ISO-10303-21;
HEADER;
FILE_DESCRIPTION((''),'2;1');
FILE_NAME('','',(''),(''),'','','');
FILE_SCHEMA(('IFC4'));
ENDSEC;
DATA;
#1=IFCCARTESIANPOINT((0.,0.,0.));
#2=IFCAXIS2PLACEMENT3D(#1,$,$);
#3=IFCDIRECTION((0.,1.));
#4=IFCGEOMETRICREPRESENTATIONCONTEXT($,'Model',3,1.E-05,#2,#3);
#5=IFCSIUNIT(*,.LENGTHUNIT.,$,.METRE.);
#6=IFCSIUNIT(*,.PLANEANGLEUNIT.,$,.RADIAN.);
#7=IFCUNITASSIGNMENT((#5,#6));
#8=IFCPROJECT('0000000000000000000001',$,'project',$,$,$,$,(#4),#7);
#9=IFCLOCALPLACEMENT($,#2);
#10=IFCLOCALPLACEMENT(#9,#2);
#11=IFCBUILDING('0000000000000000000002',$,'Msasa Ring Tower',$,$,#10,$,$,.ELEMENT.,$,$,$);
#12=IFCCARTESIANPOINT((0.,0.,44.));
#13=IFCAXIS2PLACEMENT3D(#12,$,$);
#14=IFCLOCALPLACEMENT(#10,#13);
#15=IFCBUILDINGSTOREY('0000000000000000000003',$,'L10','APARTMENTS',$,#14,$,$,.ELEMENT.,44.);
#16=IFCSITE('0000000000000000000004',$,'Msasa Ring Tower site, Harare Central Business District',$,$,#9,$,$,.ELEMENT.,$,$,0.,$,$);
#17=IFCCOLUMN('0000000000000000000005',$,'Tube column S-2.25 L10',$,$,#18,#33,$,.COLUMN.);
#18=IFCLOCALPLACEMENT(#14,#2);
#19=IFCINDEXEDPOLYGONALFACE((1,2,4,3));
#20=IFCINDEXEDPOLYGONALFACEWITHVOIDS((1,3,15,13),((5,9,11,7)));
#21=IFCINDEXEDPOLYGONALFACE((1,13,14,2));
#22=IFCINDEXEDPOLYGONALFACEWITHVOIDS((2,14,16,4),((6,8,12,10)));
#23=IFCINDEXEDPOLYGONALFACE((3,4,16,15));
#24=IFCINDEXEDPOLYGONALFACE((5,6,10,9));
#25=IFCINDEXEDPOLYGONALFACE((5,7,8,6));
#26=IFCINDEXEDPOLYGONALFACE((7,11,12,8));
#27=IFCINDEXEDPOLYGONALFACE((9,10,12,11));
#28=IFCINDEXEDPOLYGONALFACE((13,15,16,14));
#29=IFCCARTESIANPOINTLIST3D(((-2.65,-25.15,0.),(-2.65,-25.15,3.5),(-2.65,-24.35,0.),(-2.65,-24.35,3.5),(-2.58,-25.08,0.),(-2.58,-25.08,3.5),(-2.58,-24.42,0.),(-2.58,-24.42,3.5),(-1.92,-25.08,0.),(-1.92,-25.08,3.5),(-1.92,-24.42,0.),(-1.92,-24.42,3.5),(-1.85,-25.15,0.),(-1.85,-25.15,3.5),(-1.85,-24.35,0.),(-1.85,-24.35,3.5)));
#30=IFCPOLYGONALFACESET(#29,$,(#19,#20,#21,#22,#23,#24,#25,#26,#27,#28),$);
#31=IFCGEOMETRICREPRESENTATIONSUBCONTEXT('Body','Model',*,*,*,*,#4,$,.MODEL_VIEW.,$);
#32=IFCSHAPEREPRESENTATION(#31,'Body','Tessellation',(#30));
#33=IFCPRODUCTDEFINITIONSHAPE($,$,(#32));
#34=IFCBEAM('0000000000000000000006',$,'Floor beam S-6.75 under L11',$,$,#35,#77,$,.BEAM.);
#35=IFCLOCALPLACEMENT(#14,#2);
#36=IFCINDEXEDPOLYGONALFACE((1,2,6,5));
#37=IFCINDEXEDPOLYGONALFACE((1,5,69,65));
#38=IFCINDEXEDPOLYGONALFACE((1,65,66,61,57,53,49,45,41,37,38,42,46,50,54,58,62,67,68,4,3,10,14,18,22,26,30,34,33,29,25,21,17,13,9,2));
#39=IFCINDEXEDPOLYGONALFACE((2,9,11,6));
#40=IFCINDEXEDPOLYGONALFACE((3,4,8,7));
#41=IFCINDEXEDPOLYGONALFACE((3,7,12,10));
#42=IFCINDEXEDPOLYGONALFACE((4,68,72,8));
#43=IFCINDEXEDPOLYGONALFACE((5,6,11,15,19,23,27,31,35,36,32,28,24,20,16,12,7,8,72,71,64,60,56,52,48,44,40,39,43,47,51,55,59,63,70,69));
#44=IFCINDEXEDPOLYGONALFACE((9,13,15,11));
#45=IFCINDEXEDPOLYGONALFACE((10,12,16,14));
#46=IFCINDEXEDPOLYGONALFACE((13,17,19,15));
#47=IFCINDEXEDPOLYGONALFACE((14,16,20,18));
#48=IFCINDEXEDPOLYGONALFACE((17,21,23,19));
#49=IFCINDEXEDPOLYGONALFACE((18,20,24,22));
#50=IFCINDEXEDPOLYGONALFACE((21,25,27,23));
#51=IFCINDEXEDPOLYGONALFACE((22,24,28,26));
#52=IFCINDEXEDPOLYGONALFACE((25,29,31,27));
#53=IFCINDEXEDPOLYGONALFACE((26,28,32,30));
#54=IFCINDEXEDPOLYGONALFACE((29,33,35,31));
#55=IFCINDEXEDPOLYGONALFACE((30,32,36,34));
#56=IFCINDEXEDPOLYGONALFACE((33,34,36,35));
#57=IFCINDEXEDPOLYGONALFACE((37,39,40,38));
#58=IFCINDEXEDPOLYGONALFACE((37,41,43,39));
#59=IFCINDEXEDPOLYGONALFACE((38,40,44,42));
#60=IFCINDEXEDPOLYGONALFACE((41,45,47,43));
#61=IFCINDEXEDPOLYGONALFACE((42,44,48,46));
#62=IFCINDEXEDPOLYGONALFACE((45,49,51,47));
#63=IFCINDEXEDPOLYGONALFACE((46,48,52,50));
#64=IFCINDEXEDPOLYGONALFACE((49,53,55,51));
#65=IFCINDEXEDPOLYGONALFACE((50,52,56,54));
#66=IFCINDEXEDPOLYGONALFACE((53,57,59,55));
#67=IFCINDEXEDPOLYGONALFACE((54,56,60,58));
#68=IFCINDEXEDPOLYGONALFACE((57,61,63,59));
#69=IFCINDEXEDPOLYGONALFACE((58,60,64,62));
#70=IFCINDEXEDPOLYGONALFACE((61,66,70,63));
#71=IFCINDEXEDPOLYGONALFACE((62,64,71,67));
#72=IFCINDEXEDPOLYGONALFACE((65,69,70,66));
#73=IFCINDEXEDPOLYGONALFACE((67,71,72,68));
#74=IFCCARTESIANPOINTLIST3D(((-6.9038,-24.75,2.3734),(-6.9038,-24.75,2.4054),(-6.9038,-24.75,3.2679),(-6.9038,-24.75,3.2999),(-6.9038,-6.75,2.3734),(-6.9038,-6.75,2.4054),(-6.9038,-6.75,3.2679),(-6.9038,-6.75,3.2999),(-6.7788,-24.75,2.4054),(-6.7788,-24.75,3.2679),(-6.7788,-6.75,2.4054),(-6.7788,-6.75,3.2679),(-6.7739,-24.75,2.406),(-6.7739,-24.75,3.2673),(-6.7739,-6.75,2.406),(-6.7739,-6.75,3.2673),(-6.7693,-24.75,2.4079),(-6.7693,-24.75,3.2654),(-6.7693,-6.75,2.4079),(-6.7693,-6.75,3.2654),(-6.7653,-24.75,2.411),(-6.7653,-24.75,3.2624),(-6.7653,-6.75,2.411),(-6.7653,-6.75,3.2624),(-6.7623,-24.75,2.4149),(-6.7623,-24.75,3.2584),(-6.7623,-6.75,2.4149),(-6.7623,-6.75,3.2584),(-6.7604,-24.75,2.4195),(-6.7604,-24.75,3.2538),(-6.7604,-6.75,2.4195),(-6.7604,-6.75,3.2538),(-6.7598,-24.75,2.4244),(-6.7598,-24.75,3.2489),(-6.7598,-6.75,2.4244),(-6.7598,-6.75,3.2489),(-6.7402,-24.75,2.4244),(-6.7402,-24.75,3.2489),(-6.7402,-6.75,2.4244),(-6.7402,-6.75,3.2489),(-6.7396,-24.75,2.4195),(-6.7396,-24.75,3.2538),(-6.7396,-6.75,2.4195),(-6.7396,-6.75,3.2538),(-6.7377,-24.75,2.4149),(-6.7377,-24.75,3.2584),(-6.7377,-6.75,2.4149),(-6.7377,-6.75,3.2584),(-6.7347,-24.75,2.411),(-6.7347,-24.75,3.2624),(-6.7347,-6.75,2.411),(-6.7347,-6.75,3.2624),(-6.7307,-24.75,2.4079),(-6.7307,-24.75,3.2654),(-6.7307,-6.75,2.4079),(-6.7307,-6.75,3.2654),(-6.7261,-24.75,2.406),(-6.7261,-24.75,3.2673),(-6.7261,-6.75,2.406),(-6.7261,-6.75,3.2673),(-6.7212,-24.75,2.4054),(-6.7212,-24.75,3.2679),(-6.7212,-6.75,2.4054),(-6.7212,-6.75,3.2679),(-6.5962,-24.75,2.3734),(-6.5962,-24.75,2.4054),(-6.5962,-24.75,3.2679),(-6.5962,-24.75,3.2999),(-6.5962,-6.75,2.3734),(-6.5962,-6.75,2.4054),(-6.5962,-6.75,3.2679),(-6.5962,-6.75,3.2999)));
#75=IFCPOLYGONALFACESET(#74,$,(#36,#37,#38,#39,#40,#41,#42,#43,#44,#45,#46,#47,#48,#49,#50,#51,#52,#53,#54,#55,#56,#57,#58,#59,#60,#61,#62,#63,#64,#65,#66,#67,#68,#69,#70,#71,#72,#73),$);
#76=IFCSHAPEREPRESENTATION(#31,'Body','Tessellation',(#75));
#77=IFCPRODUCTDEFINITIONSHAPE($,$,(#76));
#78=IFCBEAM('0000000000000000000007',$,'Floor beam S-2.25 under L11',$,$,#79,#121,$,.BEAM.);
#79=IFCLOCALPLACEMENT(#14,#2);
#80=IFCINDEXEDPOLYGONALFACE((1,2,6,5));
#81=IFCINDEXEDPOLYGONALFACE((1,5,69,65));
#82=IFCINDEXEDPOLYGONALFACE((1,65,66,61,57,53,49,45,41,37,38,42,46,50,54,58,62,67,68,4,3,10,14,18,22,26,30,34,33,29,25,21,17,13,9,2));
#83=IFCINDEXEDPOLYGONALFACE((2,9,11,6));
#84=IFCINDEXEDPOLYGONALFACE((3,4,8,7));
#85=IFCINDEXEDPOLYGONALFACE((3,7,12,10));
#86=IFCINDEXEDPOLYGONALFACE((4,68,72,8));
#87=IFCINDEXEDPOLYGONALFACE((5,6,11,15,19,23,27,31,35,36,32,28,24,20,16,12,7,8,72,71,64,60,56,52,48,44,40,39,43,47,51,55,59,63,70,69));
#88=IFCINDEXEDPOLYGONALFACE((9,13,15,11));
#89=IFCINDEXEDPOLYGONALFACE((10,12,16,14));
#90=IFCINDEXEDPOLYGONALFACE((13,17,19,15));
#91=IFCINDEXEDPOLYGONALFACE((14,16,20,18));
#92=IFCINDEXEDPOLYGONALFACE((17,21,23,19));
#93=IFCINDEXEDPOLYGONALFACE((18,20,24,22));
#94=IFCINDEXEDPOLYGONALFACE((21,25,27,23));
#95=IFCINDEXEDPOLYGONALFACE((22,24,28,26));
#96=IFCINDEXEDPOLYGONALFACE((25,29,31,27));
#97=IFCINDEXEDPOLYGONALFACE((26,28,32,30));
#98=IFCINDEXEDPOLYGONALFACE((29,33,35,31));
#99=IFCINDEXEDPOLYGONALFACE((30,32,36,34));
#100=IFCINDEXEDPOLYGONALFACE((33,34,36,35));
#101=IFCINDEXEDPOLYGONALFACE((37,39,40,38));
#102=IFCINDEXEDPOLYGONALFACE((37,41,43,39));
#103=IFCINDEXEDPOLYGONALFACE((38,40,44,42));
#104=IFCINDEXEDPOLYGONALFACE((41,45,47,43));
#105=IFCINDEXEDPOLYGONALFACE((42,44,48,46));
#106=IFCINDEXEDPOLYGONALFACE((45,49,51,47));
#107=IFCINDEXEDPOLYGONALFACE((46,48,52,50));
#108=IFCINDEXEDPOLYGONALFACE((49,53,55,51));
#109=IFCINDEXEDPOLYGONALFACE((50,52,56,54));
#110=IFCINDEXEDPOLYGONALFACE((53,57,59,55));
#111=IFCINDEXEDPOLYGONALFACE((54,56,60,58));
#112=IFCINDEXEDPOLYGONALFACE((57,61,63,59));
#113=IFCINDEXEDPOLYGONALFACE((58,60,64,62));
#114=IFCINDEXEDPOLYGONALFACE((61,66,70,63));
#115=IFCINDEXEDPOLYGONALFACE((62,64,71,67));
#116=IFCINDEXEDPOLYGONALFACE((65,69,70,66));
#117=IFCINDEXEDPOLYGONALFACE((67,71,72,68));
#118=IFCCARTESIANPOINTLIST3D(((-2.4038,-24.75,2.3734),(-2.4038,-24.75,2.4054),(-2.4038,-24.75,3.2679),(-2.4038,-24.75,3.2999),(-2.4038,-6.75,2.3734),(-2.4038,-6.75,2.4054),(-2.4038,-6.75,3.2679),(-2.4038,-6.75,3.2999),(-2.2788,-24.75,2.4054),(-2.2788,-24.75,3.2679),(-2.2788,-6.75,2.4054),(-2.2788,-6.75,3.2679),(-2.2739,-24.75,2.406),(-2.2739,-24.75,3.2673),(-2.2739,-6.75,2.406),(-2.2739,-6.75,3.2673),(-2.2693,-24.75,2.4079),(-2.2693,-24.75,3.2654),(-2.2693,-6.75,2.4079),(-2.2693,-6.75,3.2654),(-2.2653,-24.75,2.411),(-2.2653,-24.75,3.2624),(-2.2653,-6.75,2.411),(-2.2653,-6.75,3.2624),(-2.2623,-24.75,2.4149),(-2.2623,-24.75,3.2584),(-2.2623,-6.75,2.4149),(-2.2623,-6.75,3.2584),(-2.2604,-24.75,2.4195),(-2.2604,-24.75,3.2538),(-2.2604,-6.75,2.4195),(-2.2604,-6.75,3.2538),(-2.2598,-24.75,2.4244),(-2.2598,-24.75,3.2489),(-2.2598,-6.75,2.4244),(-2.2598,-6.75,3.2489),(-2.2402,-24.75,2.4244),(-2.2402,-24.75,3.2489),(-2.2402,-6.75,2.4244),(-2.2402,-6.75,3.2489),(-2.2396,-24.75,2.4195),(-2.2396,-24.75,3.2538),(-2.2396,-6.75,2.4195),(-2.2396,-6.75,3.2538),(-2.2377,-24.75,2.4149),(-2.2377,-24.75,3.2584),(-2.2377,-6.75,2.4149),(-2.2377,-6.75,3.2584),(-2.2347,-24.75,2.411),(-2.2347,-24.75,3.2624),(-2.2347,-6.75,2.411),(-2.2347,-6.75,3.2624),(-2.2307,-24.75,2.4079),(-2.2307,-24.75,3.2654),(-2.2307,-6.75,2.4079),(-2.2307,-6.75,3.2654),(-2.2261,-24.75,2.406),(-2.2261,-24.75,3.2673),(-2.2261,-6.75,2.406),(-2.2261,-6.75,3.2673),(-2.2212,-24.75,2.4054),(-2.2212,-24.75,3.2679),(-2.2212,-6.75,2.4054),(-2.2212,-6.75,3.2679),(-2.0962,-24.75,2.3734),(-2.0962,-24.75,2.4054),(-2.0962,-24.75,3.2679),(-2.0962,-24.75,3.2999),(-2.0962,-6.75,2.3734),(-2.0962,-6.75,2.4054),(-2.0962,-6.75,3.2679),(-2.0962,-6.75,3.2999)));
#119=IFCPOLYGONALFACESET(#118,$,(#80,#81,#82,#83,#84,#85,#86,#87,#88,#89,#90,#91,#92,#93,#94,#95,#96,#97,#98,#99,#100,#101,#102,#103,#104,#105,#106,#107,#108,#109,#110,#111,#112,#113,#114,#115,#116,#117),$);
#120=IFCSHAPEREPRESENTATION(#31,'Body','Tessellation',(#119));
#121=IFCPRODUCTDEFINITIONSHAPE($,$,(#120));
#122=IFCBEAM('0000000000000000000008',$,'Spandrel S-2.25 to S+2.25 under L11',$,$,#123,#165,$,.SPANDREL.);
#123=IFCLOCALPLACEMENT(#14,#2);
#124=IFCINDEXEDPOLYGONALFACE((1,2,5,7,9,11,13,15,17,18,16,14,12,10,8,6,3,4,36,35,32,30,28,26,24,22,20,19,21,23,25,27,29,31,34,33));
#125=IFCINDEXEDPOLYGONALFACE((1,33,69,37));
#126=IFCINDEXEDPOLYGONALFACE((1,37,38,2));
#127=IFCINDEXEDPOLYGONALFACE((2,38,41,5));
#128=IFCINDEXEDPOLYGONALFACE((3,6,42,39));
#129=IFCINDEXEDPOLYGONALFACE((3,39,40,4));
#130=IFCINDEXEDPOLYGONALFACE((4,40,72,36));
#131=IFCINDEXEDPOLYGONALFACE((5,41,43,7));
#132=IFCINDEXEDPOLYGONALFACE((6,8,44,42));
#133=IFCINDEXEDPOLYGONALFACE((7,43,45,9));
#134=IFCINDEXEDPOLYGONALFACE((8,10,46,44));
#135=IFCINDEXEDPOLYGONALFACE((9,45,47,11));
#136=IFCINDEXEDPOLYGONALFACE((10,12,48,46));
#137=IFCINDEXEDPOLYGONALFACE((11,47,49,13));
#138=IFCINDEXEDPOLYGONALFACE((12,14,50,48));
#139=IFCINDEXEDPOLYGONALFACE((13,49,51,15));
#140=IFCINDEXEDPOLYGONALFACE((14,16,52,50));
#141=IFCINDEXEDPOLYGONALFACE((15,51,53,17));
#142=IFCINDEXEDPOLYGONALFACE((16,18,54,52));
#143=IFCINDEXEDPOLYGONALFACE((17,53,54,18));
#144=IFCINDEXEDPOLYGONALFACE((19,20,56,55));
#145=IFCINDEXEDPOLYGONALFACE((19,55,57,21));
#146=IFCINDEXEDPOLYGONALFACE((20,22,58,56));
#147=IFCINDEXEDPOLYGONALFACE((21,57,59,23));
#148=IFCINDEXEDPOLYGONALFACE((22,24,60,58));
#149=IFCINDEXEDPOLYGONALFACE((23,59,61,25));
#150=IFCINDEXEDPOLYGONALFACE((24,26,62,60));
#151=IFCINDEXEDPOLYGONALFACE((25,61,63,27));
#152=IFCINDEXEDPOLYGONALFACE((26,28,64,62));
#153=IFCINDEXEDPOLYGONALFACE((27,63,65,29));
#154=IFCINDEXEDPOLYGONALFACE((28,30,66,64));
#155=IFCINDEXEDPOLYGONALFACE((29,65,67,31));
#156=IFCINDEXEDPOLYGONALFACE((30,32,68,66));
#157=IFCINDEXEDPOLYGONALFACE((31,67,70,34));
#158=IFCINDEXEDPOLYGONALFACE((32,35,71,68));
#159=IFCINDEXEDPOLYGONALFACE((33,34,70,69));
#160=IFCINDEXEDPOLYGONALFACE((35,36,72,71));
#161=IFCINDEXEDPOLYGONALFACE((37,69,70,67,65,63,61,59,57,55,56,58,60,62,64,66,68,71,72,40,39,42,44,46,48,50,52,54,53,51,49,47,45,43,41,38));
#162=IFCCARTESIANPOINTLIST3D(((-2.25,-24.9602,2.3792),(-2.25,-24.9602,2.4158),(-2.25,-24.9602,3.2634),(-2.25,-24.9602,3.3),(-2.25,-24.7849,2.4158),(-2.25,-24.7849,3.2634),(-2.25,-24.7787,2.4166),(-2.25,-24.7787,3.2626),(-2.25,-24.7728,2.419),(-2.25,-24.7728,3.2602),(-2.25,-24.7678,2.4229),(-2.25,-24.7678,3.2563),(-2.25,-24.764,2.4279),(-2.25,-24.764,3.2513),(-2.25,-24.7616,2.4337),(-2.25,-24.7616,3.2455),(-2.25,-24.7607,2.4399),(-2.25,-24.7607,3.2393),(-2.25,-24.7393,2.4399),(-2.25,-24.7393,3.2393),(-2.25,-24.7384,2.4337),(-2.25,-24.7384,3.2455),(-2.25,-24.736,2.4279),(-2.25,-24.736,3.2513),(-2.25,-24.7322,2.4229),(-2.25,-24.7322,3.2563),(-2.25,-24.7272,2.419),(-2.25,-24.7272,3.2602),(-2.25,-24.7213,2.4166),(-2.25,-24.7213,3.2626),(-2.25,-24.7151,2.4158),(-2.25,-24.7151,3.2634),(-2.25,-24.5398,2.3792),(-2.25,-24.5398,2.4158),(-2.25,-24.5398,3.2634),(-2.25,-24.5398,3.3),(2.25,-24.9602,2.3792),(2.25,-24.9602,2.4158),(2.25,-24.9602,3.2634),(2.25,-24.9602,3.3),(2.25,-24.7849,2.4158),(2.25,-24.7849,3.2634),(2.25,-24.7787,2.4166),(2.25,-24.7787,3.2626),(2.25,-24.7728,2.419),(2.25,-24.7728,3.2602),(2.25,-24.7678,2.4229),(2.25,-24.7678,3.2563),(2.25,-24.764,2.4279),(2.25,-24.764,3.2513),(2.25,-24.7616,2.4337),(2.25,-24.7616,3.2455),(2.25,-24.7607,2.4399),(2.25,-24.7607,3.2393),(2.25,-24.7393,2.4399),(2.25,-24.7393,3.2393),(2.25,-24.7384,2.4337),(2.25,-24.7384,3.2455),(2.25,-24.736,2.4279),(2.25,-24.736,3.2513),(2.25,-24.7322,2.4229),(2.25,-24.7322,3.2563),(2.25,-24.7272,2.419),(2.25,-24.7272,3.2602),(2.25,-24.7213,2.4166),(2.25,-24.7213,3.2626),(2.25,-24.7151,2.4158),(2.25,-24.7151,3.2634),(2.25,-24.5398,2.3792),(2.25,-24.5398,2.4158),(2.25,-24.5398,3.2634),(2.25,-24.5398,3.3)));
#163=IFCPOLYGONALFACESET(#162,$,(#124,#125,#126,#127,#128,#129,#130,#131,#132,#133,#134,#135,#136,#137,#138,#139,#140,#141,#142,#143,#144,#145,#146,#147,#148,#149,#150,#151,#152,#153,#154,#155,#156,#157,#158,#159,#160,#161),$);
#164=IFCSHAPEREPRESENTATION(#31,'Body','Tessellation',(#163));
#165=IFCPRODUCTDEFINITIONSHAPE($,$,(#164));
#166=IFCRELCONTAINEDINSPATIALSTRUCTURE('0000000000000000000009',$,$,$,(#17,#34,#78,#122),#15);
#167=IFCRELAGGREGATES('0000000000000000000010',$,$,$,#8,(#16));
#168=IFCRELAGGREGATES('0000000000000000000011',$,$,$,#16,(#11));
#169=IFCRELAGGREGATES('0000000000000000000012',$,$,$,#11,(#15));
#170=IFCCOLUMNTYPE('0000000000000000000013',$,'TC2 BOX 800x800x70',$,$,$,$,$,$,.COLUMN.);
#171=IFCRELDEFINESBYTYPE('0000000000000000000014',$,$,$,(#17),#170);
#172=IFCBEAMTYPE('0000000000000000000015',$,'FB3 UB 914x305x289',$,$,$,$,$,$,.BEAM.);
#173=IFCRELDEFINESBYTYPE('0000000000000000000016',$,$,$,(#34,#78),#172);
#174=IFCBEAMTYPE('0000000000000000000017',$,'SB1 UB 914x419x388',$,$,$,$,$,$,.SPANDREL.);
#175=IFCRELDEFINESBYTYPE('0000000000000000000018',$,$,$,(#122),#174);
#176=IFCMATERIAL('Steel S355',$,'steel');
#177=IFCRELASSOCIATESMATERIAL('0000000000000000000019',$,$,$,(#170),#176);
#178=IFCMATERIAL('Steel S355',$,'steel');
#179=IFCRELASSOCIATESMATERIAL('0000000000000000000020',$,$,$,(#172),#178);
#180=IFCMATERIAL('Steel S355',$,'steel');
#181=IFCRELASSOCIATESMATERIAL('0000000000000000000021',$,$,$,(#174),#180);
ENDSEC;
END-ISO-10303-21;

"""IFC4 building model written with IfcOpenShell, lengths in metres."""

from ifc_helpers import new_model, si_unit, direction, frame, origin, origin_2d, place, context, subcontext, project, spatial, hollow_rectangle, i_section, extrude, material, material_profile, profile_set, type_object, element, save


model = new_model("IFC4")

# Units and contexts
model_context = context("Model", 3, precision=1e-05, world=origin(), true_north=direction((0.0, 1.0)))
body_context = subcontext(model_context, "Body", "Model", "MODEL_VIEW")
ifc_project = project(units=[si_unit("LENGTHUNIT", "METRE"), si_unit("PLANEANGLEUNIT", "RADIAN")], contexts=[model_context])

# Site, building, storey
site_placement = place(None, origin())
site = spatial("IfcSite", under=ifc_project, at=site_placement, Name="Msasa Ring Tower site, Harare Central Business District", CompositionType="ELEMENT", RefElevation=0.0)
building_placement = place(site_placement, origin())
building = spatial("IfcBuilding", under=site, at=building_placement, Name="Msasa Ring Tower", CompositionType="ELEMENT")
storey_placement = place(building_placement, frame((0.0, 0.0, 44.0)))
storey = spatial("IfcBuildingStorey", under=building, at=storey_placement, Name="L10", Description="APARTMENTS", CompositionType="ELEMENT", Elevation=44.0)

# Column
ifc_material_1 = material(Name="Steel S355", Category="steel")
ifc_material_profile_1 = material_profile(ifc_material_1, hollow_rectangle(XDim=0.8, YDim=0.8, WallThickness=0.0701, at=origin_2d()), Name="BOX 800x800x70")
ifc_profile_set_1 = profile_set([ifc_material_profile_1], Name="Steel S355")
column_type = type_object("IfcColumnType", Name="TC2 BOX 800x800x70", PredefinedType="COLUMN", material=ifc_profile_set_1)
column_placement = place(storey_placement, frame((-2.25, -24.75, 0.0), z_axis=(0.0, 0.0, 1.0), x_axis=(0.0, 1.0, 0.0)))
element("IfcColumn", 1, at=column_placement, inside=storey, type_object=column_type, Name="Tube column S-2.25 L10", PredefinedType="COLUMN", context=body_context, shape_type="SweptSolid", body=[
    extrude(hollow_rectangle(XDim=0.8, YDim=0.8, WallThickness=0.0701, at=origin_2d()), origin(), (0.0, 0.0, 1.0), 3.5),
])

# Beams
ifc_material_2 = material(Name="Steel S355", Category="steel")
ifc_material_profile_2 = material_profile(ifc_material_2, i_section(OverallWidth=0.3076, OverallDepth=0.9265, WebThickness=0.0195, FlangeThickness=0.032, FilletRadius=0.019, at=origin_2d()), Name="UB 914x305x289")
ifc_profile_set_2 = profile_set([ifc_material_profile_2], Name="Steel S355")
beam_type_1 = type_object("IfcBeamType", Name="FB3 UB 914x305x289", PredefinedType="BEAM", material=ifc_profile_set_2)
for number, where, z_axis, x_axis, name in (
    (2, (-6.75, -24.75, 2.8367), (0.0, 1.0, 0.0), (-1.0, 0.0, 0.0), "Floor beam S-6.75 under L11"),
    (3, (-2.25, -24.75, 2.8367), (0.0, 1.0, 0.0), (-1.0, 0.0, 0.0), "Floor beam S-2.25 under L11"),
):
    element("IfcBeam", number, at=place(storey_placement, frame(where, z_axis=z_axis, x_axis=x_axis)), inside=storey, type_object=beam_type_1, Name=name, PredefinedType="BEAM", context=body_context, shape_type="SweptSolid", body=[
        extrude(i_section(OverallWidth=0.3076, OverallDepth=0.9265, WebThickness=0.0195, FlangeThickness=0.032, FilletRadius=0.019, at=origin_2d()), origin(), (0.0, 0.0, 1.0), 18.0),
    ])
ifc_material_3 = material(Name="Steel S355", Category="steel")
ifc_material_profile_3 = material_profile(ifc_material_3, i_section(OverallWidth=0.4204, OverallDepth=0.9209, WebThickness=0.0215, FlangeThickness=0.0366, FilletRadius=0.0242, at=origin_2d()), Name="UB 914x419x388")
ifc_profile_set_3 = profile_set([ifc_material_profile_3], Name="Steel S355")
beam_type_2 = type_object("IfcBeamType", Name="SB1 UB 914x419x388", PredefinedType="SPANDREL", material=ifc_profile_set_3)
beam_placement = place(storey_placement, frame((-2.25, -24.75, 2.8396), z_axis=(1.0, 0.0, 0.0), x_axis=(0.0, 1.0, 0.0)))
element("IfcBeam", 4, at=beam_placement, inside=storey, type_object=beam_type_2, Name="Spandrel S-2.25 to S+2.25 under L11", PredefinedType="SPANDREL", context=body_context, shape_type="SweptSolid", body=[
    extrude(i_section(OverallWidth=0.4204, OverallDepth=0.9209, WebThickness=0.0215, FlangeThickness=0.0366, FilletRadius=0.0242, at=origin_2d()), origin(), (0.0, 0.0, 1.0), 4.5),
])

save(model, "model.ifc")
